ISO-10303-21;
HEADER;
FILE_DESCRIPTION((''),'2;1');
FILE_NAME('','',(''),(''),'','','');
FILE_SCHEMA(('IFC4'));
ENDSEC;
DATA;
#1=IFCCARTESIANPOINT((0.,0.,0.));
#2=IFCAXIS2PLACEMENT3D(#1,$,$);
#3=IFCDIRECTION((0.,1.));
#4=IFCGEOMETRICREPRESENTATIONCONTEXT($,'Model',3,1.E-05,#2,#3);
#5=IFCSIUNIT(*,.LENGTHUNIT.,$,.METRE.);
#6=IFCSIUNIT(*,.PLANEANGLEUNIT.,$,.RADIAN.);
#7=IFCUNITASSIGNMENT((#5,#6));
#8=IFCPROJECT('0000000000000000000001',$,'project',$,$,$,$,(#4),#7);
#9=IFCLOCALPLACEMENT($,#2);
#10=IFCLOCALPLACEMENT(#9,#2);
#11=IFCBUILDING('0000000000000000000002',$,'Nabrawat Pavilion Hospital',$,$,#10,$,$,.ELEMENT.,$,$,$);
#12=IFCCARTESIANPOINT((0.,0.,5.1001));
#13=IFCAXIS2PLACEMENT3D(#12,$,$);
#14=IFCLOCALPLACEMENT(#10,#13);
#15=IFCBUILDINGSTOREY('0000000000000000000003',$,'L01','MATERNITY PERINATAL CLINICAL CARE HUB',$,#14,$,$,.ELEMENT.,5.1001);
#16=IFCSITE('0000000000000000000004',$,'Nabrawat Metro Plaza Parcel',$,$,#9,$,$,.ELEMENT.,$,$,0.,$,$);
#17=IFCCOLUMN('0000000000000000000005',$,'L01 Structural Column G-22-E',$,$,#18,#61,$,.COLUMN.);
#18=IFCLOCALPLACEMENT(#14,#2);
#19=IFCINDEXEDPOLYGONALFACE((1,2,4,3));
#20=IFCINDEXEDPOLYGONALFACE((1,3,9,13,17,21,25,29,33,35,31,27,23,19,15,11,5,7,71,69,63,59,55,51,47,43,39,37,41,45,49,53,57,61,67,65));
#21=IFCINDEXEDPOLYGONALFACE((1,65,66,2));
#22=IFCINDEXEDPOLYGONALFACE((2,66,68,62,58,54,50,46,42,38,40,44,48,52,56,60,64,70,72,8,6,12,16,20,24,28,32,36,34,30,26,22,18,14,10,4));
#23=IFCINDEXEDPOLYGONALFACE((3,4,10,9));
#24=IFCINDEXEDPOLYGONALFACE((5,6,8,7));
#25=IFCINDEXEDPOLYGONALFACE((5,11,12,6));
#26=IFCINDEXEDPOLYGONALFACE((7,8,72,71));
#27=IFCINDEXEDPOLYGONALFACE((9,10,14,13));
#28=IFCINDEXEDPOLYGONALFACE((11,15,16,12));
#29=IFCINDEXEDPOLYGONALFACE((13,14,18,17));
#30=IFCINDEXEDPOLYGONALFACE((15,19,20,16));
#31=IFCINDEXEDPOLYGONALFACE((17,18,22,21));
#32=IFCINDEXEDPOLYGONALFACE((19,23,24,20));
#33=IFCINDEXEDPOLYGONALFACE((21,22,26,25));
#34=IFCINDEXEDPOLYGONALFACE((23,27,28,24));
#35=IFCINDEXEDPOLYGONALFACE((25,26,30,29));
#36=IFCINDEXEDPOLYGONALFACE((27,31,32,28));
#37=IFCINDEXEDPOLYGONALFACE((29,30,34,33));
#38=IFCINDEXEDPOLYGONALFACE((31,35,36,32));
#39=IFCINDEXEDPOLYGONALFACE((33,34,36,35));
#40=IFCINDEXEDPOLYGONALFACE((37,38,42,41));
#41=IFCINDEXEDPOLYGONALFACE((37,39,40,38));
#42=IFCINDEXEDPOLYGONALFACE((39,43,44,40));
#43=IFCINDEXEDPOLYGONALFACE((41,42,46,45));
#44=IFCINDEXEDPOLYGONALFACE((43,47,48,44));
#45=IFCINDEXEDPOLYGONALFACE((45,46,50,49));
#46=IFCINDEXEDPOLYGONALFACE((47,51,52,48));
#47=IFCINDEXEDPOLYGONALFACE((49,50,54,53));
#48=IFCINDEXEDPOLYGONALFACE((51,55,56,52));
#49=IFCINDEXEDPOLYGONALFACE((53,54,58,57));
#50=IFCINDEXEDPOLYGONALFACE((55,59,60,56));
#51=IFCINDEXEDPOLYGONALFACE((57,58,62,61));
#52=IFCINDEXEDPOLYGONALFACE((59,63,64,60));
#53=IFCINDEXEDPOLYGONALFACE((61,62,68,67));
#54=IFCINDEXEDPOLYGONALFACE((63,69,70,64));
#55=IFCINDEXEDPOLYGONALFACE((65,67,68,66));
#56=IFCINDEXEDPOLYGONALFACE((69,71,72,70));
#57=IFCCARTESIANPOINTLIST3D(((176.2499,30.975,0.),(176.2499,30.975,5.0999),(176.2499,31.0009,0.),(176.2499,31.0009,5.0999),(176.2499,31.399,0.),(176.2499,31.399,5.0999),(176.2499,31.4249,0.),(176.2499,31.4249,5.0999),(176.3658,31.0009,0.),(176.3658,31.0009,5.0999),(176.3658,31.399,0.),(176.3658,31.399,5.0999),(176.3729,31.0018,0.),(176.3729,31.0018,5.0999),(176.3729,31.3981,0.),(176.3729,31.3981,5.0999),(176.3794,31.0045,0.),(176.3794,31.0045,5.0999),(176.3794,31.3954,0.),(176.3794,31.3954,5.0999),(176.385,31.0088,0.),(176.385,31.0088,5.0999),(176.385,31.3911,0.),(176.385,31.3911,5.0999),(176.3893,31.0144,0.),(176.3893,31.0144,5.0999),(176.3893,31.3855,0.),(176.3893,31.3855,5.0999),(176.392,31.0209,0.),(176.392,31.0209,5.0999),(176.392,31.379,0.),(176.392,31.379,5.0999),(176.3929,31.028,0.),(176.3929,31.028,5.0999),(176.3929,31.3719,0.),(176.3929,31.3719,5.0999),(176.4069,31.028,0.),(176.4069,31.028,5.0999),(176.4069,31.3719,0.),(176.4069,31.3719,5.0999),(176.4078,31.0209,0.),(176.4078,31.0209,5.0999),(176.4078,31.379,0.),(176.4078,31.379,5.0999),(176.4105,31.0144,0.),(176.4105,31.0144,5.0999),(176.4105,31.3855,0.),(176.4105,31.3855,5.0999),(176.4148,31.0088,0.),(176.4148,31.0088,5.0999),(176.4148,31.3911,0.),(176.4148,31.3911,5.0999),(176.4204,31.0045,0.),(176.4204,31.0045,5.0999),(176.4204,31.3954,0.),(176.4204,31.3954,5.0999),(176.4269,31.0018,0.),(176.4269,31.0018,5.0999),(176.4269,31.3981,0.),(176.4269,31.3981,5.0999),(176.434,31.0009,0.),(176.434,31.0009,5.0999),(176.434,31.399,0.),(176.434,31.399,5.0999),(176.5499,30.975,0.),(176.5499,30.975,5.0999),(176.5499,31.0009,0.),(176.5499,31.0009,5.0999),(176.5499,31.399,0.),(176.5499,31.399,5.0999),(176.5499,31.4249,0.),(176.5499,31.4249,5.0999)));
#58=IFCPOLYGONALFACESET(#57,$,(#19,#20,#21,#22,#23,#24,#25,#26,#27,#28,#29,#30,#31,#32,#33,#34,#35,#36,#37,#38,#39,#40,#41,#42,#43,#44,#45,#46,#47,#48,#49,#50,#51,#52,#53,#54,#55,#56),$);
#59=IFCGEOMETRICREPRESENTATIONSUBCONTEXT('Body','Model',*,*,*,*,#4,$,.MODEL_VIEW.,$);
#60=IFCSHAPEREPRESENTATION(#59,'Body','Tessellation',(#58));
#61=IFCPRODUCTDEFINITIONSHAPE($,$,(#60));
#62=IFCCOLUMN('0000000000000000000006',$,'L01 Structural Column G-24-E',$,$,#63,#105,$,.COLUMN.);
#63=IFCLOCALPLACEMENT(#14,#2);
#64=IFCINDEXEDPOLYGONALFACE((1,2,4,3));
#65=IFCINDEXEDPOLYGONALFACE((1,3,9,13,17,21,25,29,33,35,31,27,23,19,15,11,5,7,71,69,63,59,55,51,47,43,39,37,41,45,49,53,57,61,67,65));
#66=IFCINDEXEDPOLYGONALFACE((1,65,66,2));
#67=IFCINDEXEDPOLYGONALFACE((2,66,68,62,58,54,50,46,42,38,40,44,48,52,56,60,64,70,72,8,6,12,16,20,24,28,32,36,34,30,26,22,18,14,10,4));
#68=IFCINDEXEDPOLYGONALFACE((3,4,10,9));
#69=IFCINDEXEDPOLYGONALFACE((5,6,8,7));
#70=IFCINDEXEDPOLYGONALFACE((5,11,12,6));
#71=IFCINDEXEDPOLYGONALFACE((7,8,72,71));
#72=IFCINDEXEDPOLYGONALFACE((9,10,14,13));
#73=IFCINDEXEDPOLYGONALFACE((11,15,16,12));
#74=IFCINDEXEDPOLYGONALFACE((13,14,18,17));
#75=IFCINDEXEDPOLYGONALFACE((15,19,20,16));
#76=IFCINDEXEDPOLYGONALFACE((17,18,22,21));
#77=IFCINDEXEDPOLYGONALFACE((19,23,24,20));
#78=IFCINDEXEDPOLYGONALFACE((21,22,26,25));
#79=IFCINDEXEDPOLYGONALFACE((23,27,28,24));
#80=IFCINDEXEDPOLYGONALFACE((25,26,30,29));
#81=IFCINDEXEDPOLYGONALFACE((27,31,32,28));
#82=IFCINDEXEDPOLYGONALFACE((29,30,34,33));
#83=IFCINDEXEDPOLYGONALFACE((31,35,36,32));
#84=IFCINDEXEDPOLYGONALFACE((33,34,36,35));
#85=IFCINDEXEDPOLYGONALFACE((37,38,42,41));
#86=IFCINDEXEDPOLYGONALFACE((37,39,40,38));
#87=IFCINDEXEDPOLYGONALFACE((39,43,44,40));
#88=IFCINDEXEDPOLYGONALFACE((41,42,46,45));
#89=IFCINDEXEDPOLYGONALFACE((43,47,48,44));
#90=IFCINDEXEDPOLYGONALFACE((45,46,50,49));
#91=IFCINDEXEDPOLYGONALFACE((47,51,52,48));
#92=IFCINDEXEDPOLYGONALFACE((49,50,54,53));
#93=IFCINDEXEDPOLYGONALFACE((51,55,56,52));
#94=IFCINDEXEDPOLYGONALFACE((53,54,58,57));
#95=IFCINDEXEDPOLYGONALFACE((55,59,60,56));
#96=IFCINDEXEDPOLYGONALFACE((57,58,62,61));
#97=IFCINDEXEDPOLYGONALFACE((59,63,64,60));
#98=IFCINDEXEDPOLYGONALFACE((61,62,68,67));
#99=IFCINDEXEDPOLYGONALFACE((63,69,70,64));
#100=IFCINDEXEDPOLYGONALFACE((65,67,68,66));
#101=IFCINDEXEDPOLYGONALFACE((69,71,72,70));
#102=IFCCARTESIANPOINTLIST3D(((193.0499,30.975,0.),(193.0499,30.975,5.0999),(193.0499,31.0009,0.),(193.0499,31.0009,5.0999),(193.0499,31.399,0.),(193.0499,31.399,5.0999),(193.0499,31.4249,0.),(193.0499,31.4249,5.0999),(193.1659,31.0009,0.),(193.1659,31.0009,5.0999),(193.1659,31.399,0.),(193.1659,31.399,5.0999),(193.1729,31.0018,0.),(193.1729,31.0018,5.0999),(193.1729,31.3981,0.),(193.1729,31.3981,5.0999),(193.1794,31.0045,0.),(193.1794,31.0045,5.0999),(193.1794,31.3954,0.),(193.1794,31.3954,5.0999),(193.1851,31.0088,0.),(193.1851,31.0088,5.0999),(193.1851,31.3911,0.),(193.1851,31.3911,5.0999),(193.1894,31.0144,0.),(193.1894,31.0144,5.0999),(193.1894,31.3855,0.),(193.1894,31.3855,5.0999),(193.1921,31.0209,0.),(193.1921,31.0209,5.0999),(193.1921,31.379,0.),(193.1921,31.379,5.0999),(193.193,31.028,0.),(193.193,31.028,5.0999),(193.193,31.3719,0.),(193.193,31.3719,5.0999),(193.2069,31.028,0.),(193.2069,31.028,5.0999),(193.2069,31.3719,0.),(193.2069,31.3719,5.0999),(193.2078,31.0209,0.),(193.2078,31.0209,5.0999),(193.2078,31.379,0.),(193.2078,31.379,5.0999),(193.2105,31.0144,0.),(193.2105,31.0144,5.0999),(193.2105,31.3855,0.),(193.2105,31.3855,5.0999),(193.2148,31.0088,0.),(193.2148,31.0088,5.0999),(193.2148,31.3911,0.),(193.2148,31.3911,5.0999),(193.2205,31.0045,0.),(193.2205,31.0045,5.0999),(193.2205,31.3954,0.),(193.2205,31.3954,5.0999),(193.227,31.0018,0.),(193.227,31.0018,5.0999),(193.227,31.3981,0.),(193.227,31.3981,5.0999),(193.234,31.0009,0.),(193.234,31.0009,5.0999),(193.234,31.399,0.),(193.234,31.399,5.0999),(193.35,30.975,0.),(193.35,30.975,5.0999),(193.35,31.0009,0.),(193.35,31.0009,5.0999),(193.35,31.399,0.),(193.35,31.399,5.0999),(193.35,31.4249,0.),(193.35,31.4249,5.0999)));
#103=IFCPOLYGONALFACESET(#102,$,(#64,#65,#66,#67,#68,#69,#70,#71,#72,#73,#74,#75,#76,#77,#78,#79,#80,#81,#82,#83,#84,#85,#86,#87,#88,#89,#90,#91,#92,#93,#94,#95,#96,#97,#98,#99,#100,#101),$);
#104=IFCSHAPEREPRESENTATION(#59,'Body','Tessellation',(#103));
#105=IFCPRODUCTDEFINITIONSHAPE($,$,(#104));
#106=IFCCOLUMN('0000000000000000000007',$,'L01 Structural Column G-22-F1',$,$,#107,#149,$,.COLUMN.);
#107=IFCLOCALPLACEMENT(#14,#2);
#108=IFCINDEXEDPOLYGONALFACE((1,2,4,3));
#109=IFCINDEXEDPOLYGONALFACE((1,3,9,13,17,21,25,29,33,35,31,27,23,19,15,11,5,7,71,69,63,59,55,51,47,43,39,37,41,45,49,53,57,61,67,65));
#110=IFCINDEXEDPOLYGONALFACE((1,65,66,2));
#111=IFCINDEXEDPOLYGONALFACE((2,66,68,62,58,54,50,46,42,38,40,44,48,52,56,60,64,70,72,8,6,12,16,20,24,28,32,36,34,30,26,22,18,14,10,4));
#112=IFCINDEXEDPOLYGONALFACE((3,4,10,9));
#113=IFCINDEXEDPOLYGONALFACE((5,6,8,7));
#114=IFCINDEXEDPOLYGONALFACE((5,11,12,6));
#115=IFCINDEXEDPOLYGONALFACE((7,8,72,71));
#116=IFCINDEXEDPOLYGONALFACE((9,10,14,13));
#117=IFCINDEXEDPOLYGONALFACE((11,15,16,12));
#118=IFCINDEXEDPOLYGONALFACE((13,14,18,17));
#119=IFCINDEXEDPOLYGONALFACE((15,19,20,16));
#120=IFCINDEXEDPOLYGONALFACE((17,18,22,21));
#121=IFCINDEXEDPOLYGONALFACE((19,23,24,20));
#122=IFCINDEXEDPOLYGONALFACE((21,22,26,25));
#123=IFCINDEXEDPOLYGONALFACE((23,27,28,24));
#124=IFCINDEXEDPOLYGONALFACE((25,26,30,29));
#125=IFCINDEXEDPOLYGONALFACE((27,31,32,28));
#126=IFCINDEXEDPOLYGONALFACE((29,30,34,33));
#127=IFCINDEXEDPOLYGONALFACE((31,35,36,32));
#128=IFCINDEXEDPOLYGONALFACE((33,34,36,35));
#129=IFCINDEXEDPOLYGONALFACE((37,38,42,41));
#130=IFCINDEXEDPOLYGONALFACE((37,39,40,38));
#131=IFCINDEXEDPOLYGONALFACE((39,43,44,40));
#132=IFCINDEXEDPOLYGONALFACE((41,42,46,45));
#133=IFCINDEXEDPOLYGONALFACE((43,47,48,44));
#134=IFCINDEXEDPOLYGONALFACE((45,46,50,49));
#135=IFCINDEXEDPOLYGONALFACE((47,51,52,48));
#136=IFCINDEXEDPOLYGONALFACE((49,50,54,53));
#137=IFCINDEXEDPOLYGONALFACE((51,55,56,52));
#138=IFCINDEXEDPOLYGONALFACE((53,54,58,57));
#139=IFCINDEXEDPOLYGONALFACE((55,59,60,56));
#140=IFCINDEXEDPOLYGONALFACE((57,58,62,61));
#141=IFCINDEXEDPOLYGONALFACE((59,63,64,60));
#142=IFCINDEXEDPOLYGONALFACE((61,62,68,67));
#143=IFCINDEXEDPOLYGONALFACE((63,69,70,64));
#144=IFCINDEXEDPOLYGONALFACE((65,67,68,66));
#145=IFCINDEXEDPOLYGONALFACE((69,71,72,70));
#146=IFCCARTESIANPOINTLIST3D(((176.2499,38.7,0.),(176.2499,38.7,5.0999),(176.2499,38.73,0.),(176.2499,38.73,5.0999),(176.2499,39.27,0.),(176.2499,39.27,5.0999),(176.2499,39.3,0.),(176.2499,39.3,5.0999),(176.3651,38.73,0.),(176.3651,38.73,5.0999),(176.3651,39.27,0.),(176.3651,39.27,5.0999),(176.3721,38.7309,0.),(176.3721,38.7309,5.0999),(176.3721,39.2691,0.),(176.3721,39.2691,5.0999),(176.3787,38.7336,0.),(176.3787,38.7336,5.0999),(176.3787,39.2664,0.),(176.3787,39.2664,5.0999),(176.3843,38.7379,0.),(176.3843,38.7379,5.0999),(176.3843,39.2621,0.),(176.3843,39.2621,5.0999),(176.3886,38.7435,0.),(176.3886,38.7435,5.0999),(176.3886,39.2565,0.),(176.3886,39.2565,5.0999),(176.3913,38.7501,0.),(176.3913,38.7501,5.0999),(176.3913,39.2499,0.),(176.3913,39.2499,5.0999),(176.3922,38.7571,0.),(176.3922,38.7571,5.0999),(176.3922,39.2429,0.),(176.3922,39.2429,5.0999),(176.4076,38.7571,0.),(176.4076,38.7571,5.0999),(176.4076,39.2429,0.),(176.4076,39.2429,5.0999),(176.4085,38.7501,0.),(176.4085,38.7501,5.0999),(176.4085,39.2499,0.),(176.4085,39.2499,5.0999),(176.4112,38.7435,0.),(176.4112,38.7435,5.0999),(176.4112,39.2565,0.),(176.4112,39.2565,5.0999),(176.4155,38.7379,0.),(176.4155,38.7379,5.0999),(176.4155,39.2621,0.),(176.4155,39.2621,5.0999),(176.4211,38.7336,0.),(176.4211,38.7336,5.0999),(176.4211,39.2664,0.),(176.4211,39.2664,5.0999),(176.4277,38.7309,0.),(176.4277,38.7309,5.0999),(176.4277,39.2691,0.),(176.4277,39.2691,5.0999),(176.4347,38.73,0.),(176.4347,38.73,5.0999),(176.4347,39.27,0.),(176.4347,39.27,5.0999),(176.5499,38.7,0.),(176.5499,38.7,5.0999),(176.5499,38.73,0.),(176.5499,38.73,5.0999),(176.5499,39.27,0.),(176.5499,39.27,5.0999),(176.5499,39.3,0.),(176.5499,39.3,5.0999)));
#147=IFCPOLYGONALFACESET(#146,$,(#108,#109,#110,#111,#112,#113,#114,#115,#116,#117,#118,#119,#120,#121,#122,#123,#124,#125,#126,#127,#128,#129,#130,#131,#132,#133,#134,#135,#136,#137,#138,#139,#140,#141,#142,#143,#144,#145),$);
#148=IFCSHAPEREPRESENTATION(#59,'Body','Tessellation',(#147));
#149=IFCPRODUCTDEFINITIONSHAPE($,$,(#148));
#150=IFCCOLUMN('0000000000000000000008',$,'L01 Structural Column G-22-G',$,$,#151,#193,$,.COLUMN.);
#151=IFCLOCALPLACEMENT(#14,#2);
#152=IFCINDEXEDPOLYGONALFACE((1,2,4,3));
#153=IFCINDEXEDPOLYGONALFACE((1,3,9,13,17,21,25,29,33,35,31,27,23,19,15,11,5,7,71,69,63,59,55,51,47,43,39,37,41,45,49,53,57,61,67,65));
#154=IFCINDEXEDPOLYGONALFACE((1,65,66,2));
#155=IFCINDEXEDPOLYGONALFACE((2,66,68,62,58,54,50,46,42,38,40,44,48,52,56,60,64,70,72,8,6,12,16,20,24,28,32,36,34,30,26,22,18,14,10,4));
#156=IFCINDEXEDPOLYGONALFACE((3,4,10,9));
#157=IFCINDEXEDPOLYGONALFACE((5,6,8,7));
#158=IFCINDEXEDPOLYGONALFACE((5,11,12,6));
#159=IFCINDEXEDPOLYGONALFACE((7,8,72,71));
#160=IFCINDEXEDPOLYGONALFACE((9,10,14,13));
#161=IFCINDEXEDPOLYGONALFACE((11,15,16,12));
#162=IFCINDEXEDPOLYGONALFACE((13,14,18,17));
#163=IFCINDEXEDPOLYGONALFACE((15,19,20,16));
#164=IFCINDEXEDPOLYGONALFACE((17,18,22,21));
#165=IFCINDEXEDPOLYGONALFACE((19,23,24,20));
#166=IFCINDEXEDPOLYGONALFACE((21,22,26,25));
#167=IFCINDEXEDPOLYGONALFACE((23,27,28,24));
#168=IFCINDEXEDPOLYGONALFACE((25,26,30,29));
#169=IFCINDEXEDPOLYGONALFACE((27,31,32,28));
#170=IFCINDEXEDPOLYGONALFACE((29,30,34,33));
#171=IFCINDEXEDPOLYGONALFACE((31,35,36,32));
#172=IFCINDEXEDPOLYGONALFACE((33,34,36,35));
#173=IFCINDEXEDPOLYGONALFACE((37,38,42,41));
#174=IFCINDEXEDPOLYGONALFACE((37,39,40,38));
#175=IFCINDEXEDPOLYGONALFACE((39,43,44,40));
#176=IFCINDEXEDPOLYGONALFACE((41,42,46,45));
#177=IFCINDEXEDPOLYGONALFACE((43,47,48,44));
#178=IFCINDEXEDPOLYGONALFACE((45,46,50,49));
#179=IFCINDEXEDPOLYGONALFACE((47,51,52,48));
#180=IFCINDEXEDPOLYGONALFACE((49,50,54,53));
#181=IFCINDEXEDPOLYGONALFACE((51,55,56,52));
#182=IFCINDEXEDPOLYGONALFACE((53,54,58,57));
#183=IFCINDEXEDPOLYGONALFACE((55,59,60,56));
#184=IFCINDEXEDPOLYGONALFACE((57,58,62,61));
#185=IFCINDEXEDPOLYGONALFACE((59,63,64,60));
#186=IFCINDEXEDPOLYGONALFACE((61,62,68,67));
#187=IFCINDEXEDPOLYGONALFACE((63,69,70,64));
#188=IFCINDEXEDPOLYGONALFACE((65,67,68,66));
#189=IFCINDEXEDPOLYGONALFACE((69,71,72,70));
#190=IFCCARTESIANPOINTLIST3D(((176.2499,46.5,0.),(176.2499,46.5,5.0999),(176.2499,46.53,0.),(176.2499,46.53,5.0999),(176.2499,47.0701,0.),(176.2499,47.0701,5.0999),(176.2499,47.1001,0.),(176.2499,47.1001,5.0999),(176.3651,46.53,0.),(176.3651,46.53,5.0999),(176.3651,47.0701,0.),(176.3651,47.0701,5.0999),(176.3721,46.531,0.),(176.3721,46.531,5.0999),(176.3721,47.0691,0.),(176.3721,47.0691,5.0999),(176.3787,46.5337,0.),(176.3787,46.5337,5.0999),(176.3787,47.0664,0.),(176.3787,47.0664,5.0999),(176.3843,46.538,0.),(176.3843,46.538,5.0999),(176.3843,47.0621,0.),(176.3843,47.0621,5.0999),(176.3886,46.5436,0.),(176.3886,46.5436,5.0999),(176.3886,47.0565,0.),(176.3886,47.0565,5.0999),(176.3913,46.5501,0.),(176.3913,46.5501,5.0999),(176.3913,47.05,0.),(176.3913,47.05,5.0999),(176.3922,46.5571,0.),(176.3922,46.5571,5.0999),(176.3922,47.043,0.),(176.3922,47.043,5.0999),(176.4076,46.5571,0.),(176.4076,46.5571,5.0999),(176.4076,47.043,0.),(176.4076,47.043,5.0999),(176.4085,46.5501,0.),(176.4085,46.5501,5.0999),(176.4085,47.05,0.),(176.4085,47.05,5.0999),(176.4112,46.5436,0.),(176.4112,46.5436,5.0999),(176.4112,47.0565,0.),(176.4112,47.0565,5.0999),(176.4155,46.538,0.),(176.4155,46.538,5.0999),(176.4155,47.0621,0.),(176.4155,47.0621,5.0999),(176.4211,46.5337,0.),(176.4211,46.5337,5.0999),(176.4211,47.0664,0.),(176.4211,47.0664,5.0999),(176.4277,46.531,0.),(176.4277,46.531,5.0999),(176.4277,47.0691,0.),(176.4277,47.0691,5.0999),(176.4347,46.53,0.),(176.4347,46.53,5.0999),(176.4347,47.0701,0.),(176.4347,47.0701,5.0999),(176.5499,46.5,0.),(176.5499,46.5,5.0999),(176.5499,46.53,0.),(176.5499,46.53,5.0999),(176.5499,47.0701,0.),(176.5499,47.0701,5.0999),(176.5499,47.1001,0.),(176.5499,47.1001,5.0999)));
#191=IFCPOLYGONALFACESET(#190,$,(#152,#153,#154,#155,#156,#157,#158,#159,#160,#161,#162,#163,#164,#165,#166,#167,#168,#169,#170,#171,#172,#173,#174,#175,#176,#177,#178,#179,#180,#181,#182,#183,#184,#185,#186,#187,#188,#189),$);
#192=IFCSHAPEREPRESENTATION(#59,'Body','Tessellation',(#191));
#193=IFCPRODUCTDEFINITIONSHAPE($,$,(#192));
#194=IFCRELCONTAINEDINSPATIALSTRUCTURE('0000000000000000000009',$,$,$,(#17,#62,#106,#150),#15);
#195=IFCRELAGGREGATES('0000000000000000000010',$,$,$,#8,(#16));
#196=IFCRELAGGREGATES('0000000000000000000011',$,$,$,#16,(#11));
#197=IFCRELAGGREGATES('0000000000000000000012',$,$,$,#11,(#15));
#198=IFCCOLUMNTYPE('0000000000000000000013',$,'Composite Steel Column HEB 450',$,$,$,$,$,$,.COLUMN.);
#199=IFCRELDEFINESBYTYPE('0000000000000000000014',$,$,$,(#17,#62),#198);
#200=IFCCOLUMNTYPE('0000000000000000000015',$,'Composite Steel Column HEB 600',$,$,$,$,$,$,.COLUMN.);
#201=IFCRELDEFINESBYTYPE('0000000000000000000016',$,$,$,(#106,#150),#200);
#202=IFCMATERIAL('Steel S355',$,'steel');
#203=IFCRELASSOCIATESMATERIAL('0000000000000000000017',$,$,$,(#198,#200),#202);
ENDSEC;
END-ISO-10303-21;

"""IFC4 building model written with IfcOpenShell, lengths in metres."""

from ifc_helpers import new_model, si_unit, direction, frame, origin, origin_2d, place, context, subcontext, project, spatial, i_section, extrude, material, material_profile, profile_set, type_object, element, save


model = new_model("IFC4")

# Units and contexts
model_context = context("Model", 3, precision=1e-05, world=origin(), true_north=direction((0.0, 1.0)))
body_context = subcontext(model_context, "Body", "Model", "MODEL_VIEW")
ifc_project = project(units=[si_unit("LENGTHUNIT", "METRE"), si_unit("PLANEANGLEUNIT", "RADIAN")], contexts=[model_context])

# Site, building, storey
site_placement = place(None, origin())
site = spatial("IfcSite", under=ifc_project, at=site_placement, Name="Nabrawat Metro Plaza Parcel", CompositionType="ELEMENT", RefElevation=0.0)
building_placement = place(site_placement, origin())
building = spatial("IfcBuilding", under=site, at=building_placement, Name="Nabrawat Pavilion Hospital", CompositionType="ELEMENT")
storey_placement = place(building_placement, frame((0.0, 0.0, 5.1001)))
storey = spatial("IfcBuildingStorey", under=building, at=storey_placement, Name="L01", Description="MATERNITY PERINATAL CLINICAL CARE HUB", CompositionType="ELEMENT", Elevation=5.1001)

# Columns
ifc_material_1 = material(Name="Steel S355", Category="steel")
ifc_material_profile_1 = material_profile(ifc_material_1, i_section(OverallWidth=0.3, OverallDepth=0.45, WebThickness=0.0139, FlangeThickness=0.0259, FilletRadius=0.0271, at=origin_2d()), Name="HEB 450")
ifc_profile_set_1 = profile_set([ifc_material_profile_1], Name="Steel S355")
column_type_1 = type_object("IfcColumnType", Name="Composite Steel Column HEB 450", PredefinedType="COLUMN", material=ifc_profile_set_1)
for number, where, z_axis, x_axis, name in (
    (1, (176.3999, 31.2, 0.0), (0.0, 0.0, 1.0), (1.0, 0.0, 0.0), "L01 Structural Column G-22-E"),
    (2, (193.2, 31.2, 0.0), (0.0, 0.0, 1.0), (1.0, 0.0, 0.0), "L01 Structural Column G-24-E"),
):
    element("IfcColumn", number, at=place(storey_placement, frame(where, z_axis=z_axis, x_axis=x_axis)), inside=storey, type_object=column_type_1, Name=name, PredefinedType="COLUMN", context=body_context, shape_type="SweptSolid", body=[
        extrude(i_section(OverallWidth=0.3, OverallDepth=0.45, WebThickness=0.0139, FlangeThickness=0.0259, FilletRadius=0.0271, at=origin_2d()), origin(), (0.0, 0.0, 1.0), 5.0999),
    ])
ifc_material_profile_2 = material_profile(ifc_material_1, i_section(OverallWidth=0.3, OverallDepth=0.6001, WebThickness=0.0154, FlangeThickness=0.03, FilletRadius=0.0271, at=origin_2d()), Name="HEB 600")
ifc_profile_set_2 = profile_set([ifc_material_profile_2], Name="Steel S355")
column_type_2 = type_object("IfcColumnType", Name="Composite Steel Column HEB 600", PredefinedType="COLUMN", material=ifc_profile_set_2)
for number, where, z_axis, x_axis, name in (
    (3, (176.3999, 39.0, 0.0), (0.0, 0.0, 1.0), (1.0, 0.0, 0.0), "L01 Structural Column G-22-F1"),
    (4, (176.3999, 46.8, 0.0), (0.0, 0.0, 1.0), (1.0, 0.0, 0.0), "L01 Structural Column G-22-G"),
):
    element("IfcColumn", number, at=place(storey_placement, frame(where, z_axis=z_axis, x_axis=x_axis)), inside=storey, type_object=column_type_2, Name=name, PredefinedType="COLUMN", context=body_context, shape_type="SweptSolid", body=[
        extrude(i_section(OverallWidth=0.3, OverallDepth=0.6001, WebThickness=0.0154, FlangeThickness=0.03, FilletRadius=0.0271, at=origin_2d()), origin(), (0.0, 0.0, 1.0), 5.0999),
    ])

save(model, "model.ifc")
